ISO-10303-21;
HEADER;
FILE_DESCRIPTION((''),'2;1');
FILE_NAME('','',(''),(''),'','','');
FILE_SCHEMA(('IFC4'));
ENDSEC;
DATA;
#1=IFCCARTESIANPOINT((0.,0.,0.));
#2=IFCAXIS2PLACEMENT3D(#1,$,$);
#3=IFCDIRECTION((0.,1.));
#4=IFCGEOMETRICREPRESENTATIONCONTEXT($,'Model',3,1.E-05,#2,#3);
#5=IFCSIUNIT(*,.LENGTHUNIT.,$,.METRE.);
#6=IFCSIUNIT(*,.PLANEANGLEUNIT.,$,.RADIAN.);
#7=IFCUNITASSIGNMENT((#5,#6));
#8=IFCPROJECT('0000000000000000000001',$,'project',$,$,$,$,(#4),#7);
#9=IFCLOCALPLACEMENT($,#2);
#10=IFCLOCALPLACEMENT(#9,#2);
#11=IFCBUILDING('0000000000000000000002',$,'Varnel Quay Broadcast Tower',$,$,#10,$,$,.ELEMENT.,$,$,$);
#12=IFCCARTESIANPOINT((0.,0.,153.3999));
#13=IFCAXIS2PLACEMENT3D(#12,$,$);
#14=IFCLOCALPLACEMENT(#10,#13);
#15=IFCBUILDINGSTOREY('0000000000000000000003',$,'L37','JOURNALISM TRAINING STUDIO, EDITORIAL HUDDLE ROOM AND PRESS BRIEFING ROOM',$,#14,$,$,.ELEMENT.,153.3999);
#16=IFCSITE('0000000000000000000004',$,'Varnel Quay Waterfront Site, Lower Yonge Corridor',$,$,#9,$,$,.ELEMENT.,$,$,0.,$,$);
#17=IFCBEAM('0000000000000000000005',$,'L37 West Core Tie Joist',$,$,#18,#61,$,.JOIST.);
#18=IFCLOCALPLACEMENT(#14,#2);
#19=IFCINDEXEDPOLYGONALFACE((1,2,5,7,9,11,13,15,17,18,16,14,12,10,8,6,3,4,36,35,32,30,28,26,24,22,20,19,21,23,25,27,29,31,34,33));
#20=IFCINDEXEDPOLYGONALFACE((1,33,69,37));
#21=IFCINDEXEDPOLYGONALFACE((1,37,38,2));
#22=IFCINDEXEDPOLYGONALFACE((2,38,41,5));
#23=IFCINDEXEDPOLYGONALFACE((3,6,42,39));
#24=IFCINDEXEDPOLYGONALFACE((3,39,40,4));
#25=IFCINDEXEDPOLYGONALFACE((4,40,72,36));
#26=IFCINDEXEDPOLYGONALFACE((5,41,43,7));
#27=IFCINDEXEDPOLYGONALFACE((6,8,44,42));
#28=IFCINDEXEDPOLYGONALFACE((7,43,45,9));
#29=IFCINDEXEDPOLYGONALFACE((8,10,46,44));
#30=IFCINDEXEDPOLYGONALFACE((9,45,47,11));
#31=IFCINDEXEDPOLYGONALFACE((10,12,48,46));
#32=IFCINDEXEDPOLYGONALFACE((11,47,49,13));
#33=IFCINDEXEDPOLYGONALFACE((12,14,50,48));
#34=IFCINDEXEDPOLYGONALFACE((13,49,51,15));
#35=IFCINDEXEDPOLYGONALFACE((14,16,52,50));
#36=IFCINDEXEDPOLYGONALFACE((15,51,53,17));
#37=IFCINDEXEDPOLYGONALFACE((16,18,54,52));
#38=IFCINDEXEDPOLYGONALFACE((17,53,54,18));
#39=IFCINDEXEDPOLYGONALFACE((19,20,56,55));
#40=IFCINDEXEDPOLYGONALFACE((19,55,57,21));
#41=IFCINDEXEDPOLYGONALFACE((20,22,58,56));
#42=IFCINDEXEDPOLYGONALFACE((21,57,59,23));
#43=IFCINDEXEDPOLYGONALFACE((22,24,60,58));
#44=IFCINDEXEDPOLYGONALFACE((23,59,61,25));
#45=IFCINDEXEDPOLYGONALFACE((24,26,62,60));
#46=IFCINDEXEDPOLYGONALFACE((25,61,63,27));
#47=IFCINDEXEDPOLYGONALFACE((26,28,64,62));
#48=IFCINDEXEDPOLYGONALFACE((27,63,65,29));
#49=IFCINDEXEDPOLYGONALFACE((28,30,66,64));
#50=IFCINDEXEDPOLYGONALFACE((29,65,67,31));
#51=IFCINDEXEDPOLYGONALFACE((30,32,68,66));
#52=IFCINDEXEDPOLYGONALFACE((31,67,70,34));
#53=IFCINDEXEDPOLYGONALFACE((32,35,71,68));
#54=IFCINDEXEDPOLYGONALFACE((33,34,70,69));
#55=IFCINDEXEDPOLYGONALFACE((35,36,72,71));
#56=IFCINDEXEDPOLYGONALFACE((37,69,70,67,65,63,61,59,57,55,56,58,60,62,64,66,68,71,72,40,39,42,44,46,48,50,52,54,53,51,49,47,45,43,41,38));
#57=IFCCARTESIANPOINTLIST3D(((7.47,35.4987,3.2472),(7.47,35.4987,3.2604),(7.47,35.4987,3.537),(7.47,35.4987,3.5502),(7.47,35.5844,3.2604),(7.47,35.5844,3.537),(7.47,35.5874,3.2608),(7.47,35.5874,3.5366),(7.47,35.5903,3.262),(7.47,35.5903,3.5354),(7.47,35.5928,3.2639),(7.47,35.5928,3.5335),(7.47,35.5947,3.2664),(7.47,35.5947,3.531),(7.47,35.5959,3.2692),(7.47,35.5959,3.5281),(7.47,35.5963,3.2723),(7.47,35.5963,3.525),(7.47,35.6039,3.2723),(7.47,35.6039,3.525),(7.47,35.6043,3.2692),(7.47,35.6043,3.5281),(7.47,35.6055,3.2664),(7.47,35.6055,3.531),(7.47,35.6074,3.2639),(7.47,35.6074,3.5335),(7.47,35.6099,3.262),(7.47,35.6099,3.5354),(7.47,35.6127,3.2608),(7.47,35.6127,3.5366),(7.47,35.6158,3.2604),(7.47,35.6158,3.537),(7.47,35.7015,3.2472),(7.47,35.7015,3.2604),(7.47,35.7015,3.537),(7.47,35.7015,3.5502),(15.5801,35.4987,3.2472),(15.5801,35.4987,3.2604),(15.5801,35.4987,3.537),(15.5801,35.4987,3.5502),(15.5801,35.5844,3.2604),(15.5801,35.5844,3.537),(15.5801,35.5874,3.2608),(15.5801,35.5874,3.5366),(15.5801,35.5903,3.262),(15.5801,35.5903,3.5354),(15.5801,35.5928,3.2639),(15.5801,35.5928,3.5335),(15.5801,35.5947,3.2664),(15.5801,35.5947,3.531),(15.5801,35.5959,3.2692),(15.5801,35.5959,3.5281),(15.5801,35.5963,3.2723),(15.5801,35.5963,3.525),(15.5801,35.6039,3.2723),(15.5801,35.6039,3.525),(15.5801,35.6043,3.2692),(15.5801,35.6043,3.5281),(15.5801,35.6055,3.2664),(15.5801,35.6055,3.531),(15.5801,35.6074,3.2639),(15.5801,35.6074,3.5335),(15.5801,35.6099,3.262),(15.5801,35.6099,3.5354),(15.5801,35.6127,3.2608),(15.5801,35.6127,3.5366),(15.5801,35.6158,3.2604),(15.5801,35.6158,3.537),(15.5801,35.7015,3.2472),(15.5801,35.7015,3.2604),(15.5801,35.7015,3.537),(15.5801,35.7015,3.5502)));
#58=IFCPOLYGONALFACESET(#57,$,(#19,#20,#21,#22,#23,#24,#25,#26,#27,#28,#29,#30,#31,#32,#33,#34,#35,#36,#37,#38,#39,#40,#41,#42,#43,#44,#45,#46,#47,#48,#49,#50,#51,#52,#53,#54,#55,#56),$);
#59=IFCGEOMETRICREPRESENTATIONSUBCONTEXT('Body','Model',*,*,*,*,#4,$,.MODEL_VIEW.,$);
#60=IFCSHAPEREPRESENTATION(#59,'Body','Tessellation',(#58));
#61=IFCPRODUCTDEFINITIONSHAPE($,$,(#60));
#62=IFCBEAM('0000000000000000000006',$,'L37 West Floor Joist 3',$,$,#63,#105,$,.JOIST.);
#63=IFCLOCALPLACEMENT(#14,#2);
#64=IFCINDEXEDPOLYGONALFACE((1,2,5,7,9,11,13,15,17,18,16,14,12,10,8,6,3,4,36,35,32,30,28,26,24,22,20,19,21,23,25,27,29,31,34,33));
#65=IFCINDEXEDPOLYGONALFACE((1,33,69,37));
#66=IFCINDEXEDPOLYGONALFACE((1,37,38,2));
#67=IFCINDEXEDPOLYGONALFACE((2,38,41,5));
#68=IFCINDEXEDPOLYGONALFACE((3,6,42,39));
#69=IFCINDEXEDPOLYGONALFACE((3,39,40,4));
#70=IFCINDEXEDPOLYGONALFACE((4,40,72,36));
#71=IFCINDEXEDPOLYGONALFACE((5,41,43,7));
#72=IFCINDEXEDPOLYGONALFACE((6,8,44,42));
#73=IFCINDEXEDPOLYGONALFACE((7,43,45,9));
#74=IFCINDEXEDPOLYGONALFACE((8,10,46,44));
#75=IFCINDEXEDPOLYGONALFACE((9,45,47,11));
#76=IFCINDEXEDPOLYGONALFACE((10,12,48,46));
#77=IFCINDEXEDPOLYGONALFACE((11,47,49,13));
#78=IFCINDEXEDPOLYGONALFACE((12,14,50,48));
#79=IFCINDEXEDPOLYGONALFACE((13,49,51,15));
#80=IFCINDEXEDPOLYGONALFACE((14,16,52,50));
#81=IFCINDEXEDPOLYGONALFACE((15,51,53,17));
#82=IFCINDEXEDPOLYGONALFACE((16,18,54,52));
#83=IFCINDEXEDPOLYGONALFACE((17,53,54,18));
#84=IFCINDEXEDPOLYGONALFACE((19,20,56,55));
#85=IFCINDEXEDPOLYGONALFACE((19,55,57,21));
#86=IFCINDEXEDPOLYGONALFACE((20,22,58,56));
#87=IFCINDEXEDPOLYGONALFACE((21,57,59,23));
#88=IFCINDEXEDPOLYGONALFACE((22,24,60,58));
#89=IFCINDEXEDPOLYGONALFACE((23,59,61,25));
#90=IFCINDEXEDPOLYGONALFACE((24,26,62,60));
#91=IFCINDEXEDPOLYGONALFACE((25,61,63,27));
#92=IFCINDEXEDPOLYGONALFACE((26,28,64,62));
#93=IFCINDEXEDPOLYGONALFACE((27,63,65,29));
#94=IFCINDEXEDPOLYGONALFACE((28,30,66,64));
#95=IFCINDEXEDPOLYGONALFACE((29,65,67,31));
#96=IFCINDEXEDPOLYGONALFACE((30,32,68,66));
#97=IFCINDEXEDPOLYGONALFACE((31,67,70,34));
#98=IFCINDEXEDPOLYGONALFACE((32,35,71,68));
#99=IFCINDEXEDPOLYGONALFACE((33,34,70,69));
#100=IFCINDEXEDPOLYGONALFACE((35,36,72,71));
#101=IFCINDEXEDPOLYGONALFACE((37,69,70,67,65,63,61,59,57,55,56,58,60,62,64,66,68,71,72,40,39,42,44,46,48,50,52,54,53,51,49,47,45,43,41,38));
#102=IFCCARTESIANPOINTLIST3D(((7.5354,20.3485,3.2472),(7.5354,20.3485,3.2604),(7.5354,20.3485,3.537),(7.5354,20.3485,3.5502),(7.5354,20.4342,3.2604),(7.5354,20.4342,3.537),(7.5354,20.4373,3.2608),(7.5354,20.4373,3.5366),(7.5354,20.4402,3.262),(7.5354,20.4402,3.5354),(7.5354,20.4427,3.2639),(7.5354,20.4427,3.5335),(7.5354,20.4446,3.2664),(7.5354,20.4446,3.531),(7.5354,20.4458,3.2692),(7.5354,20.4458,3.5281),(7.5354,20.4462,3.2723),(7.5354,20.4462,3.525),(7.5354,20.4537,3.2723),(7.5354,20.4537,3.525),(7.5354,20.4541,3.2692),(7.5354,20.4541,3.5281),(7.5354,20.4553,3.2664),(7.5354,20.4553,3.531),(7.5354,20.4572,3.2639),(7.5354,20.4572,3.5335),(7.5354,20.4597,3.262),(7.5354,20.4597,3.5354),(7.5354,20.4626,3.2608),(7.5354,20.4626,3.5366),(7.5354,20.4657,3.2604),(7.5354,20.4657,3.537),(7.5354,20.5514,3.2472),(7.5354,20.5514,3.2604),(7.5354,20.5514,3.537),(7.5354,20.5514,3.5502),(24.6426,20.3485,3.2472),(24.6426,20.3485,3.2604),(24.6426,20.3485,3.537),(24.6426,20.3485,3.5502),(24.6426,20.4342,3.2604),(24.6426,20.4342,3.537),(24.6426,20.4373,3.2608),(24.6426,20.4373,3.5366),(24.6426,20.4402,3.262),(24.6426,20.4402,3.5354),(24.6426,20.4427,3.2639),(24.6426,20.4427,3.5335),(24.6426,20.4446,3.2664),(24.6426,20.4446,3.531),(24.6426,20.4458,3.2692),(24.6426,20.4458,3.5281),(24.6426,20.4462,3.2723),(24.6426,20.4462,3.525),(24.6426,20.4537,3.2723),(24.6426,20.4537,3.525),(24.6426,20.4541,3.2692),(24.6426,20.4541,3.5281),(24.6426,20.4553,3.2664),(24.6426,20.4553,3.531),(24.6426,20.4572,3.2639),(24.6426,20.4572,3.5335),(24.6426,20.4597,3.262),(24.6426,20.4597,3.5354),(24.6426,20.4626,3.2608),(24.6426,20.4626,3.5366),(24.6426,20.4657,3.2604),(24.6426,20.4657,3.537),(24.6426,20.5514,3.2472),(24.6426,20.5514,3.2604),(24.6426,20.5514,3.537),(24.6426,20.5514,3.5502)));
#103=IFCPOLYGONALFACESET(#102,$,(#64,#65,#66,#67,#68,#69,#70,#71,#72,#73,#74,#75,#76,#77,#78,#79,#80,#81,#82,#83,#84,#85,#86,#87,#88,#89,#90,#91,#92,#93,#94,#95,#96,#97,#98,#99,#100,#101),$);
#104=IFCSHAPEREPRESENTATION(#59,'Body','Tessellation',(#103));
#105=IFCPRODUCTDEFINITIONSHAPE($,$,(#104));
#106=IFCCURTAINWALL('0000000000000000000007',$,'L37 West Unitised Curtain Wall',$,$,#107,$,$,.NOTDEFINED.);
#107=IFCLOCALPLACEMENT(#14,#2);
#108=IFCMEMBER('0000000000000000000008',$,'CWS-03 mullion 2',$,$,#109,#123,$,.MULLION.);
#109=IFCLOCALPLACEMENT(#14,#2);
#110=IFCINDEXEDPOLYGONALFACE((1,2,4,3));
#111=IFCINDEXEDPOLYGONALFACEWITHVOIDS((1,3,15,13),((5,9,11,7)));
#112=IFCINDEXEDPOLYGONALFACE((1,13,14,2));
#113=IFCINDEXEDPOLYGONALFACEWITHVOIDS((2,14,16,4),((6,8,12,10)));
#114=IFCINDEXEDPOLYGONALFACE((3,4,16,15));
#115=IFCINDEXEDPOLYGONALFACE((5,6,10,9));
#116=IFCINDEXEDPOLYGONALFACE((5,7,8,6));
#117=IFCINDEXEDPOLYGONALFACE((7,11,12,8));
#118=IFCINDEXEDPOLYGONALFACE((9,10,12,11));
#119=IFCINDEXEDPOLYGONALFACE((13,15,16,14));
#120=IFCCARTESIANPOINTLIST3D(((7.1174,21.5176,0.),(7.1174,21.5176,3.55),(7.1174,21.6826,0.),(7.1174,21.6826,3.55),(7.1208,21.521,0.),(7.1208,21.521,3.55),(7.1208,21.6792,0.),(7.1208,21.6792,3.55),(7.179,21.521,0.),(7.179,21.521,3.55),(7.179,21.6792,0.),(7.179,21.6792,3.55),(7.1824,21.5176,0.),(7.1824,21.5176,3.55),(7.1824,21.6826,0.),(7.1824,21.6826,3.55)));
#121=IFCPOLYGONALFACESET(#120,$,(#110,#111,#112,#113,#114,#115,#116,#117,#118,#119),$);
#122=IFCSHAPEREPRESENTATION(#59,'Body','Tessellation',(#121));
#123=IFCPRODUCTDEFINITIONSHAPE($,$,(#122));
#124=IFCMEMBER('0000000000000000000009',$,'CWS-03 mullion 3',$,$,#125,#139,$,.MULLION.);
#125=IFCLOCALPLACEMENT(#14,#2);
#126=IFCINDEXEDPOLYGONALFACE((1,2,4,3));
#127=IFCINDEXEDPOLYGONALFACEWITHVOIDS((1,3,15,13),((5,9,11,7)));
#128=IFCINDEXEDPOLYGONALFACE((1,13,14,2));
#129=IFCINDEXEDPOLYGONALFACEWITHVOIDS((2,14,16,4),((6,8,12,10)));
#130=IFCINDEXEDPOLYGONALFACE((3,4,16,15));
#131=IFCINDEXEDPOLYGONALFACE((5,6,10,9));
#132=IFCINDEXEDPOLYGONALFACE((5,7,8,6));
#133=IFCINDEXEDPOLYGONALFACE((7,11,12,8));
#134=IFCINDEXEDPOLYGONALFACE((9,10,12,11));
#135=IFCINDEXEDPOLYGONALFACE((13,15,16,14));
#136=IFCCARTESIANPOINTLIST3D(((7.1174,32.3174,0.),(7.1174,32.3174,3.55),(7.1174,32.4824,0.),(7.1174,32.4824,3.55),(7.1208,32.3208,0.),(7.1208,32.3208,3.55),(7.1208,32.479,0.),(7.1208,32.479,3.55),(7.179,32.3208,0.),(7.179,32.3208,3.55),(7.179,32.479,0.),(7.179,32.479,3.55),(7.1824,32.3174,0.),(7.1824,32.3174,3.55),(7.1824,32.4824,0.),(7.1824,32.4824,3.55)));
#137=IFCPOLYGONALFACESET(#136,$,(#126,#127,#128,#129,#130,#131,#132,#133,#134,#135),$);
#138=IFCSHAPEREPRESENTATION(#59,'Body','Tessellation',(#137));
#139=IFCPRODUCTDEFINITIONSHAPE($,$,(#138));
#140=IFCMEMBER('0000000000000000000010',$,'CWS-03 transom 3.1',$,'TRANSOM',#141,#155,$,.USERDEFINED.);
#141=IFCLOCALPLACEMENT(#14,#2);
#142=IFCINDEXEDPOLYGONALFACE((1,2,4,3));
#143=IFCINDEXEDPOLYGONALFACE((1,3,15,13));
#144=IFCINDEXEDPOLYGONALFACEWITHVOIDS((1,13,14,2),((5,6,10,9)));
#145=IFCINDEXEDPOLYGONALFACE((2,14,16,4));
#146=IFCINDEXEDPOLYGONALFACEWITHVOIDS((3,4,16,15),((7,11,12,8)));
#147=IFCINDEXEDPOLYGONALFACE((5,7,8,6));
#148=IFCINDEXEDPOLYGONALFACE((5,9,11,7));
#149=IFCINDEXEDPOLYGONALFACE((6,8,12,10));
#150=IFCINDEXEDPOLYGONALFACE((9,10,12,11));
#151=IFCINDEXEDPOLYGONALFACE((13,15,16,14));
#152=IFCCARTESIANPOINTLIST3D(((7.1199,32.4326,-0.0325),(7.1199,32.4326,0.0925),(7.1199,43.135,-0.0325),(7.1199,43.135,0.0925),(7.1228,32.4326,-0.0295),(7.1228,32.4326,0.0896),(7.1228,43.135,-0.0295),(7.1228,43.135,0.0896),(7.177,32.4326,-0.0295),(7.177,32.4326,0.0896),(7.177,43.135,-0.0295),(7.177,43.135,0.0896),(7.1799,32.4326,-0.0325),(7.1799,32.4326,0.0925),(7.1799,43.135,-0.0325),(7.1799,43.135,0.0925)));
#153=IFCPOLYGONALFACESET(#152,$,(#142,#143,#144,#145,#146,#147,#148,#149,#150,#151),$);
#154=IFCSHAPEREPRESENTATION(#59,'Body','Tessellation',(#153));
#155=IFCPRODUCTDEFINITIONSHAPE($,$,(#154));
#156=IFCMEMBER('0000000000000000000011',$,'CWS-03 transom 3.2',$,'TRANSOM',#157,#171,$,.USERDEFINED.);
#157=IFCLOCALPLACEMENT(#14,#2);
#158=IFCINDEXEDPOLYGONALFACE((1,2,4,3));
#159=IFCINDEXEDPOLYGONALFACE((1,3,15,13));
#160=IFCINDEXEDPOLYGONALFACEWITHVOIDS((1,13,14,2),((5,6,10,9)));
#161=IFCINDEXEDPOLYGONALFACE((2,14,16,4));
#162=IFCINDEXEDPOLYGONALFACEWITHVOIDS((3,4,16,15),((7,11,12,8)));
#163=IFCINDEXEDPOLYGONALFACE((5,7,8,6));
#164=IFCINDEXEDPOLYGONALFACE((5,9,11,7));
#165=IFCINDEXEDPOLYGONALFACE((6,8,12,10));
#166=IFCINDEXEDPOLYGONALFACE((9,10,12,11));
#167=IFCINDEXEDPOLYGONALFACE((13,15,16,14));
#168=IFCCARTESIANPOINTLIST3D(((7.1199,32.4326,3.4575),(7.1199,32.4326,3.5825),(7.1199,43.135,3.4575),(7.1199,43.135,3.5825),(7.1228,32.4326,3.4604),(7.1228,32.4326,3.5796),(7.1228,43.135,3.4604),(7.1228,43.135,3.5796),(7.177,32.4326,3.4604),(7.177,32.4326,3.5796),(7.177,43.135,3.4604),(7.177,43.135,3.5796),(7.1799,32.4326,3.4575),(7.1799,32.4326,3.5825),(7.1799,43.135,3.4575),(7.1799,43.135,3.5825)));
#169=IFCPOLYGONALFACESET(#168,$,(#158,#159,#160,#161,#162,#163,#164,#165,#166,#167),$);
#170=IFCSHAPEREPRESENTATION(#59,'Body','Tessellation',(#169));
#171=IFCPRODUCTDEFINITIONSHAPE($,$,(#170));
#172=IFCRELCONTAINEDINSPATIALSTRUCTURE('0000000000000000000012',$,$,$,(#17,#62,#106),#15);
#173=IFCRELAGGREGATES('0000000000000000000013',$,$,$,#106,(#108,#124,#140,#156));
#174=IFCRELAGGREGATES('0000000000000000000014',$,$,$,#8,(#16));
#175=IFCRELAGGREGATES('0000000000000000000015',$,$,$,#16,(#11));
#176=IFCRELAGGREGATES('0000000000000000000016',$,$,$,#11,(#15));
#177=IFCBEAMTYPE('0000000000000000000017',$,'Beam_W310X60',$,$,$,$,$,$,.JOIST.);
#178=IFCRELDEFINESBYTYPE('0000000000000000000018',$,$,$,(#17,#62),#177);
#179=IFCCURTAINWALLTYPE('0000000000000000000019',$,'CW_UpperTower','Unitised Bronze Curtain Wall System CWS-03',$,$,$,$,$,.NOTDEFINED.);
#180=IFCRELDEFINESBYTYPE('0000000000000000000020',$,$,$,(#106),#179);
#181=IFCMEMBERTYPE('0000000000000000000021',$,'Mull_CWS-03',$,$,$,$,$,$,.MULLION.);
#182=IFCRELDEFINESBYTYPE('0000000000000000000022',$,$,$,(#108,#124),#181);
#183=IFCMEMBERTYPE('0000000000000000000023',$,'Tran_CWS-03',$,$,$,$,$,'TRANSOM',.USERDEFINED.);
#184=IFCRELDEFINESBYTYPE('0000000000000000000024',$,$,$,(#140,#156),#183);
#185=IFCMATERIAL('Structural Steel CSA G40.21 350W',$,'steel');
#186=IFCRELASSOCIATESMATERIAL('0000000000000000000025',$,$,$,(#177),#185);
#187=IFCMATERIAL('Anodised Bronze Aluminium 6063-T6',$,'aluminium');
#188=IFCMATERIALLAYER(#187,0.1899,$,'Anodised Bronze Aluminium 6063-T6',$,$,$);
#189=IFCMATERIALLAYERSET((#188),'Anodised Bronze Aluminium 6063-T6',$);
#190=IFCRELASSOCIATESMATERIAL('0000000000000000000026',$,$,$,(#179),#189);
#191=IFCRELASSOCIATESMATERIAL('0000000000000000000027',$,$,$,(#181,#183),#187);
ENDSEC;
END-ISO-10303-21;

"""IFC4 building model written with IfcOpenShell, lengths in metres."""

from ifc_helpers import new_model, si_unit, direction, frame, origin, origin_2d, place, context, subcontext, project, spatial, hollow_rectangle, i_section, extrude, source, transform, mapped, material, layer, layer_set, material_profile, profile_set, type_object, type_shapes, element, aggregate, save


model = new_model("IFC4")

# Units and contexts
model_context = context("Model", 3, precision=1e-05, world=origin(), true_north=direction((0.0, 1.0)))
body_context = subcontext(model_context, "Body", "Model", "MODEL_VIEW")
ifc_project = project(units=[si_unit("LENGTHUNIT", "METRE"), si_unit("PLANEANGLEUNIT", "RADIAN")], contexts=[model_context])

# Site, building, storey
site_placement = place(None, origin())
site = spatial("IfcSite", under=ifc_project, at=site_placement, Name="Varnel Quay Waterfront Site, Lower Yonge Corridor", CompositionType="ELEMENT", RefElevation=0.0)
building_placement = place(site_placement, origin())
building = spatial("IfcBuilding", under=site, at=building_placement, Name="Varnel Quay Broadcast Tower", CompositionType="ELEMENT")
storey_placement = place(building_placement, frame((0.0, 0.0, 153.3999)))
storey = spatial("IfcBuildingStorey", under=building, at=storey_placement, Name="L37", Description="JOURNALISM TRAINING STUDIO, EDITORIAL HUDDLE ROOM AND PRESS BRIEFING ROOM", CompositionType="ELEMENT", Elevation=153.3999)

# Shared definitions
ifc_material_1 = material(Name="Structural Steel CSA G40.21 350W", Category="steel")

# Beams
ifc_material_profile_1 = material_profile(ifc_material_1, i_section(OverallWidth=0.2029, OverallDepth=0.303, WebThickness=0.0076, FlangeThickness=0.0132, FilletRadius=0.012, at=origin_2d()), Name="W310X60")
ifc_profile_set_1 = profile_set([ifc_material_profile_1], Name="Structural Steel CSA G40.21 350W")
beam_type_1 = type_object("IfcBeamType", Name="Beam_W310X60", PredefinedType="JOIST", material=ifc_profile_set_1)
shared_shape_1 = source(origin(), body_context, "Body", "SweptSolid", [
    extrude(i_section(OverallWidth=0.2029, OverallDepth=0.303, WebThickness=0.0076, FlangeThickness=0.0132, FilletRadius=0.012, at=origin_2d()), origin(), (0.0, 0.0, 1.0), 8.1101),
])
beam_1_placement = place(storey_placement, frame((7.47, 35.6001, 3.3987), z_axis=(1.0, 0.0, 0.0), x_axis=(0.0, 1.0, 0.0)))
element("IfcBeam", 1, at=beam_1_placement, inside=storey, type_object=beam_type_1, Name="L37 West Core Tie Joist", PredefinedType="JOIST", context=body_context, shape_type="MappedRepresentation", body=[
    mapped(shared_shape_1, transform((0.0, 0.0, 0.0), x_axis=(1.0, 0.0, 0.0), y_axis=(0.0, 1.0, 0.0), z_axis=(0.0, 0.0, 1.0), scale=1.0)),
])
shared_shape_2 = source(origin(), body_context, "Body", "SweptSolid", [
    extrude(i_section(OverallWidth=0.2029, OverallDepth=0.303, WebThickness=0.0076, FlangeThickness=0.0132, FilletRadius=0.012, at=origin_2d()), origin(), (0.0, 0.0, 1.0), 17.1072),
])
type_shapes(beam_type_1, [shared_shape_1, shared_shape_2])
beam_2_placement = place(storey_placement, frame((7.5354, 20.45, 3.3987), z_axis=(1.0, 0.0, 0.0), x_axis=(0.0, 1.0, 0.0)))
element("IfcBeam", 2, at=beam_2_placement, inside=storey, type_object=beam_type_1, Name="L37 West Floor Joist 3", PredefinedType="JOIST", context=body_context, shape_type="MappedRepresentation", body=[
    mapped(shared_shape_2, transform((0.0, 0.0, 0.0), x_axis=(1.0, 0.0, 0.0), y_axis=(0.0, 1.0, 0.0), z_axis=(0.0, 0.0, 1.0), scale=1.0)),
])

# Curtain wall, members
ifc_material_2 = material(Name="Anodised Bronze Aluminium 6063-T6", Category="aluminium")
ifc_layer_1 = layer(ifc_material_2, 0.1899, Name="Anodised Bronze Aluminium 6063-T6")
ifc_layer_set_1 = layer_set([ifc_layer_1], Name="Anodised Bronze Aluminium 6063-T6")
curtain_wall_type = type_object("IfcCurtainWallType", Name="CW_UpperTower", Description="Unitised Bronze Curtain Wall System CWS-03", PredefinedType="NOTDEFINED", material=ifc_layer_set_1)
curtain_wall_placement = place(storey_placement, origin())
curtain_wall = element("IfcCurtainWall", 3, at=curtain_wall_placement, inside=storey, type_object=curtain_wall_type, Name="L37 West Unitised Curtain Wall", PredefinedType="NOTDEFINED")
ifc_material_profile_2 = material_profile(ifc_material_2, hollow_rectangle(XDim=0.0649, YDim=0.165, WallThickness=0.0034, at=origin_2d()), Name="ALU65X165X3.5")
ifc_profile_set_2 = profile_set([ifc_material_profile_2], Name="Anodised Bronze Aluminium 6063-T6")
member_type_1 = type_object("IfcMemberType", Name="Mull_CWS-03", PredefinedType="MULLION", material=ifc_profile_set_2)
shared_shape_3 = source(origin(), body_context, "Body", "SweptSolid", [
    extrude(hollow_rectangle(XDim=0.0649, YDim=0.165, WallThickness=0.0034, at=origin_2d()), origin(), (0.0, 0.0, 1.0), 3.55),
])
type_shapes(member_type_1, [shared_shape_3])
member_1_placement = place(storey_placement, frame((7.1499, 21.6001, 0.0), z_axis=(0.0, 0.0, 1.0), x_axis=(-1.0, 0.0, 0.0)))
member_1 = element("IfcMember", 4, at=member_1_placement, type_object=member_type_1, Name="CWS-03 mullion 2", PredefinedType="MULLION", context=body_context, shape_type="MappedRepresentation", body=[
    mapped(shared_shape_3, transform((0.0, 0.0, 0.0), x_axis=(1.0, 0.0, 0.0), y_axis=(0.0, 1.0, 0.0), z_axis=(0.0, 0.0, 1.0), scale=1.0)),
])
member_2_placement = place(storey_placement, frame((7.1499, 32.3999, 0.0), z_axis=(0.0, 0.0, 1.0), x_axis=(-1.0, 0.0, 0.0)))
member_2 = element("IfcMember", 5, at=member_2_placement, type_object=member_type_1, Name="CWS-03 mullion 3", PredefinedType="MULLION", context=body_context, shape_type="MappedRepresentation", body=[
    mapped(shared_shape_3, transform((0.0, 0.0, 0.0), x_axis=(1.0, 0.0, 0.0), y_axis=(0.0, 1.0, 0.0), z_axis=(0.0, 0.0, 1.0), scale=1.0)),
])
ifc_material_profile_3 = material_profile(ifc_material_2, hollow_rectangle(XDim=0.0601, YDim=0.125, WallThickness=0.0029, at=origin_2d()), Name="ALU60X125X3")
ifc_profile_set_3 = profile_set([ifc_material_profile_3], Name="Anodised Bronze Aluminium 6063-T6")
member_type_2 = type_object("IfcMemberType", Name="Tran_CWS-03", ElementType="TRANSOM", PredefinedType="USERDEFINED", material=ifc_profile_set_3)
shared_shape_4 = source(origin(), body_context, "Body", "SweptSolid", [
    extrude(hollow_rectangle(XDim=0.0601, YDim=0.125, WallThickness=0.0029, at=origin_2d()), origin(), (0.0, 0.0, 1.0), 10.7024),
])
member_3_placement = place(storey_placement, frame((7.1499, 32.4326, 0.03), z_axis=(0.0, 1.0, 0.0), x_axis=(-1.0, 0.0, 0.0)))
member_3 = element("IfcMember", 6, at=member_3_placement, type_object=member_type_2, Name="CWS-03 transom 3.1", ObjectType="TRANSOM", PredefinedType="USERDEFINED", context=body_context, shape_type="MappedRepresentation", body=[
    mapped(shared_shape_4, transform((0.0, 0.0, 0.0), x_axis=(1.0, 0.0, 0.0), y_axis=(0.0, 1.0, 0.0), z_axis=(0.0, 0.0, 1.0), scale=1.0)),
])
member_4_placement = place(storey_placement, frame((7.1499, 32.4326, 3.52), z_axis=(0.0, 1.0, 0.0), x_axis=(-1.0, 0.0, 0.0)))
member_4 = element("IfcMember", 7, at=member_4_placement, type_object=member_type_2, Name="CWS-03 transom 3.2", ObjectType="TRANSOM", PredefinedType="USERDEFINED", context=body_context, shape_type="MappedRepresentation", body=[
    mapped(shared_shape_4, transform((0.0, 0.0, 0.0), x_axis=(1.0, 0.0, 0.0), y_axis=(0.0, 1.0, 0.0), z_axis=(0.0, 0.0, 1.0), scale=1.0)),
])

aggregate(curtain_wall, [member_1, member_2, member_3, member_4])

save(model, "model.ifc")
